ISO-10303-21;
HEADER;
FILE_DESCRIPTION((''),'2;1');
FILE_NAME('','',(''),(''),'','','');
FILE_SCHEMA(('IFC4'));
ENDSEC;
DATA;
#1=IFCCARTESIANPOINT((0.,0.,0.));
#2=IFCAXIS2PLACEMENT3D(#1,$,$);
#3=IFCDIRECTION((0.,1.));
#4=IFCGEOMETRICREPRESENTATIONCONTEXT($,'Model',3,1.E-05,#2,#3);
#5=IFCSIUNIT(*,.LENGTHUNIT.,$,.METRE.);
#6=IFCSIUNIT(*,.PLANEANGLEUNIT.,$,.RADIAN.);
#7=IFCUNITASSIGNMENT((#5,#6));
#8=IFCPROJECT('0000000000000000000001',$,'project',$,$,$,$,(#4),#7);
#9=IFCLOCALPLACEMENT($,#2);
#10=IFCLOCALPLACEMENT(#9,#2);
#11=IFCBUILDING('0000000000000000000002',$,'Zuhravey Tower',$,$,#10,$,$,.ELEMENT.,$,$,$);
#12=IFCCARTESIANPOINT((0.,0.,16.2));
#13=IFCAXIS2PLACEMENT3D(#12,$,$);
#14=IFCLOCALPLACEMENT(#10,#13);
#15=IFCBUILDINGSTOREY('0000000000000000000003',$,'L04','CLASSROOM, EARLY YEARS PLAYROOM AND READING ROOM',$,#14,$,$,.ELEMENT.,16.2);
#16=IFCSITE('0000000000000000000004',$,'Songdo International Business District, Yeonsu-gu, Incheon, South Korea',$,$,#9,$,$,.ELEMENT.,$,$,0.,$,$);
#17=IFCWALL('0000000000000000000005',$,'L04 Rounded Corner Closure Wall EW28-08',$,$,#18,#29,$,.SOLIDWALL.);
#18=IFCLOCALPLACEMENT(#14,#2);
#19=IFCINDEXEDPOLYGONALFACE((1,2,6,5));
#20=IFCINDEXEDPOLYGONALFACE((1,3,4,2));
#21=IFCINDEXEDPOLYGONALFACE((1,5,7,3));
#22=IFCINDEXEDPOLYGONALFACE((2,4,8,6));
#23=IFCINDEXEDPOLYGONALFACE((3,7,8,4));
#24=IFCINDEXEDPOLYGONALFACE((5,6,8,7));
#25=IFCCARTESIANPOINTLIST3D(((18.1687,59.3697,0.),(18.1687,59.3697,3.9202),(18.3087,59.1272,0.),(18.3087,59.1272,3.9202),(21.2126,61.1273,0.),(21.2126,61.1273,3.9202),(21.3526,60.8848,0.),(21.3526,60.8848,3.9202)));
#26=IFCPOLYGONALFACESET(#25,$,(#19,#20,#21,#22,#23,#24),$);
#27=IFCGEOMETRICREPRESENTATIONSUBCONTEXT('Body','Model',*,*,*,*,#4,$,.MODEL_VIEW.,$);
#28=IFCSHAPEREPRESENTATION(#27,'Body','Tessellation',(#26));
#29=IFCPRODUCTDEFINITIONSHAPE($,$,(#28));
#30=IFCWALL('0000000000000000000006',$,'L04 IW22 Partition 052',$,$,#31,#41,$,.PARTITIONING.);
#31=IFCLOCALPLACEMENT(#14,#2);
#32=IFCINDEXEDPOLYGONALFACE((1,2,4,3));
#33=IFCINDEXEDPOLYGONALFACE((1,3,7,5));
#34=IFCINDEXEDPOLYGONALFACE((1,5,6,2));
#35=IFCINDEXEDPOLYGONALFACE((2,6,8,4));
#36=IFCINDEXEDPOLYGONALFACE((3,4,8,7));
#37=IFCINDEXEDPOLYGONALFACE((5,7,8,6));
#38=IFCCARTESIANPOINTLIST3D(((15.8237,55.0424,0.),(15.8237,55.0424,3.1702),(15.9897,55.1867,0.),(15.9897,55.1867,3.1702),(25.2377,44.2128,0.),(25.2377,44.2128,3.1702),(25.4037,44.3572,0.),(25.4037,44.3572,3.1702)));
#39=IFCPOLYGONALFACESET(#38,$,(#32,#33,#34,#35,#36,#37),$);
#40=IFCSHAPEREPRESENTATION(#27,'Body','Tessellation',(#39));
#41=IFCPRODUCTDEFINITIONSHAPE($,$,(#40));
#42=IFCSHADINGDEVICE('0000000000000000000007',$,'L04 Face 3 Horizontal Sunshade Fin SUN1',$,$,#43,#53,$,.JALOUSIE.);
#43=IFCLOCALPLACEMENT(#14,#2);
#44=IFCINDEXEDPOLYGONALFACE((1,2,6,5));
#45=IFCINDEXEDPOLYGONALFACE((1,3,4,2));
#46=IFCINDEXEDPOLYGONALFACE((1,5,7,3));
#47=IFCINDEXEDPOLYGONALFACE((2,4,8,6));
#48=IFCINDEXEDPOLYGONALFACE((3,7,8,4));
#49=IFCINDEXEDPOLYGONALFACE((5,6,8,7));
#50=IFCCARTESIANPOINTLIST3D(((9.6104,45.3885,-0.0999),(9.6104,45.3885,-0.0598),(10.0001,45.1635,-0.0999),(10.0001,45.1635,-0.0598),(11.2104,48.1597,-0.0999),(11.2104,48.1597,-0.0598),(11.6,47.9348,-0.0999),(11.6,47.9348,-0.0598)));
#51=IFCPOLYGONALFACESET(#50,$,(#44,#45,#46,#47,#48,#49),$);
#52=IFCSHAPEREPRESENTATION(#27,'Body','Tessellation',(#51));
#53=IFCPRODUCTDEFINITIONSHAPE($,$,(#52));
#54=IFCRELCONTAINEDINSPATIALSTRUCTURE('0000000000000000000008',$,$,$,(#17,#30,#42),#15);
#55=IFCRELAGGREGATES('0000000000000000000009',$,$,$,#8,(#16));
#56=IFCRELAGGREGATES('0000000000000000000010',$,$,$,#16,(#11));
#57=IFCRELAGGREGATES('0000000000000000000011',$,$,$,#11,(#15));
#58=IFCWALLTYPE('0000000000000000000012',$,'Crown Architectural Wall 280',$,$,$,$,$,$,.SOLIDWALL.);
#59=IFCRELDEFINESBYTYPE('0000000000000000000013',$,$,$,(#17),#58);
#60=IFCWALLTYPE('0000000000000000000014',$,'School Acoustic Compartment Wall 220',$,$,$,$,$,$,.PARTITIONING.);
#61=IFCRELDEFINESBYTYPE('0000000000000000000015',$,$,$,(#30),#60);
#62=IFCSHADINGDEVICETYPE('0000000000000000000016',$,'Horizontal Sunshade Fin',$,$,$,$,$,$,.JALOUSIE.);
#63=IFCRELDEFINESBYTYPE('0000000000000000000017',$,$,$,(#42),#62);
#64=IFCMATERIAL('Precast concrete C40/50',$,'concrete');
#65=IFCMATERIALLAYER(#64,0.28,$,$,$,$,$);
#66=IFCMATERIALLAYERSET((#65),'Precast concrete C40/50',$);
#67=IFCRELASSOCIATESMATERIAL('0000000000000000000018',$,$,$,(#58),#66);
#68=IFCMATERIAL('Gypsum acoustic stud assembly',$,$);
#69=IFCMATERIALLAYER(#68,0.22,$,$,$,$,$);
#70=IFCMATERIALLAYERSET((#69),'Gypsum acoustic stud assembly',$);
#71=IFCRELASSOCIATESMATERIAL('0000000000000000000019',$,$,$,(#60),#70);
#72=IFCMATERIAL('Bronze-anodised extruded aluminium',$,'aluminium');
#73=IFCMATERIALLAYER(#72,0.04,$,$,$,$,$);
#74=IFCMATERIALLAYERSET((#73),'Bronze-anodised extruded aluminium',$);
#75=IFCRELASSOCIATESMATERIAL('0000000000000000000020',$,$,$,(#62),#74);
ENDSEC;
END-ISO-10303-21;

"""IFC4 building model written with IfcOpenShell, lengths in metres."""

from ifc_helpers import new_model, si_unit, direction, frame, frame_2d, origin, origin_2d, place, context, subcontext, project, spatial, rectangle, extrude, material, layer, layer_set, type_object, element, save


model = new_model("IFC4")

# Units and contexts
model_context = context("Model", 3, precision=1e-05, world=origin(), true_north=direction((0.0, 1.0)))
body_context = subcontext(model_context, "Body", "Model", "MODEL_VIEW")
ifc_project = project(units=[si_unit("LENGTHUNIT", "METRE"), si_unit("PLANEANGLEUNIT", "RADIAN")], contexts=[model_context])

# Site, building, storey
site_placement = place(None, origin())
site = spatial("IfcSite", under=ifc_project, at=site_placement, Name="Songdo International Business District, Yeonsu-gu, Incheon, South Korea", CompositionType="ELEMENT", RefElevation=0.0)
building_placement = place(site_placement, origin())
building = spatial("IfcBuilding", under=site, at=building_placement, Name="Zuhravey Tower", CompositionType="ELEMENT")
storey_placement = place(building_placement, frame((0.0, 0.0, 16.2)))
storey = spatial("IfcBuildingStorey", under=building, at=storey_placement, Name="L04", Description="CLASSROOM, EARLY YEARS PLAYROOM AND READING ROOM", CompositionType="ELEMENT", Elevation=16.2)

# Walls
ifc_material_1 = material(Name="Precast concrete C40/50", Category="concrete")
ifc_layer_1 = layer(ifc_material_1, 0.28)
ifc_layer_set_1 = layer_set([ifc_layer_1], Name="Precast concrete C40/50")
wall_type_1 = type_object("IfcWallType", Name="Crown Architectural Wall 280", PredefinedType="SOLIDWALL", material=ifc_layer_set_1)
wall_1_placement = place(storey_placement, frame((18.2388, 59.2485, 0.0), z_axis=(0.0, 0.0, 1.0), x_axis=(0.866007, 0.500031, 0.0)))
element("IfcWall", 1, at=wall_1_placement, inside=storey, type_object=wall_type_1, Name="L04 Rounded Corner Closure Wall EW28-08", PredefinedType="SOLIDWALL", context=body_context, shape_type="SweptSolid", body=[
    extrude(rectangle(XDim=3.5149, YDim=0.28, at=frame_2d((1.7573, 0.0))), origin(), (0.0, 0.0, 1.0), 3.9202),
])
ifc_material_2 = material(Name="Gypsum acoustic stud assembly")
ifc_layer_2 = layer(ifc_material_2, 0.22)
ifc_layer_set_2 = layer_set([ifc_layer_2], Name="Gypsum acoustic stud assembly")
wall_type_2 = type_object("IfcWallType", Name="School Acoustic Compartment Wall 220", PredefinedType="PARTITIONING", material=ifc_layer_set_2)
wall_2_placement = place(storey_placement, frame((25.3208, 44.2849, 0.0), z_axis=(0.0, 0.0, 1.0), x_axis=(-0.656061, 0.754708, 0.0)))
element("IfcWall", 2, at=wall_2_placement, inside=storey, type_object=wall_type_2, Name="L04 IW22 Partition 052", PredefinedType="PARTITIONING", context=body_context, shape_type="SweptSolid", body=[
    extrude(rectangle(XDim=14.3494, YDim=0.22, at=frame_2d((7.1748, 0.0))), origin(), (0.0, 0.0, 1.0), 3.1702),
])

# Shading device
ifc_material_3 = material(Name="Bronze-anodised extruded aluminium", Category="aluminium")
ifc_layer_3 = layer(ifc_material_3, 0.04)
ifc_layer_set_3 = layer_set([ifc_layer_3], Name="Bronze-anodised extruded aluminium")
shading_device_type = type_object("IfcShadingDeviceType", Name="Horizontal Sunshade Fin", PredefinedType="JALOUSIE", material=ifc_layer_set_3)
shading_device_placement = place(storey_placement, frame((10.6052, 46.6616, -0.0999), z_axis=(0.0, 0.0, 1.0), x_axis=(0.5, 0.866025, 0.0)))
element("IfcShadingDevice", 3, at=shading_device_placement, inside=storey, type_object=shading_device_type, Name="L04 Face 3 Horizontal Sunshade Fin SUN1", PredefinedType="JALOUSIE", context=body_context, shape_type="SweptSolid", body=[
    extrude(rectangle(XDim=3.2, YDim=0.45, at=origin_2d()), origin(), (0.0, 0.0, 1.0), 0.04),
])

save(model, "model.ifc")
